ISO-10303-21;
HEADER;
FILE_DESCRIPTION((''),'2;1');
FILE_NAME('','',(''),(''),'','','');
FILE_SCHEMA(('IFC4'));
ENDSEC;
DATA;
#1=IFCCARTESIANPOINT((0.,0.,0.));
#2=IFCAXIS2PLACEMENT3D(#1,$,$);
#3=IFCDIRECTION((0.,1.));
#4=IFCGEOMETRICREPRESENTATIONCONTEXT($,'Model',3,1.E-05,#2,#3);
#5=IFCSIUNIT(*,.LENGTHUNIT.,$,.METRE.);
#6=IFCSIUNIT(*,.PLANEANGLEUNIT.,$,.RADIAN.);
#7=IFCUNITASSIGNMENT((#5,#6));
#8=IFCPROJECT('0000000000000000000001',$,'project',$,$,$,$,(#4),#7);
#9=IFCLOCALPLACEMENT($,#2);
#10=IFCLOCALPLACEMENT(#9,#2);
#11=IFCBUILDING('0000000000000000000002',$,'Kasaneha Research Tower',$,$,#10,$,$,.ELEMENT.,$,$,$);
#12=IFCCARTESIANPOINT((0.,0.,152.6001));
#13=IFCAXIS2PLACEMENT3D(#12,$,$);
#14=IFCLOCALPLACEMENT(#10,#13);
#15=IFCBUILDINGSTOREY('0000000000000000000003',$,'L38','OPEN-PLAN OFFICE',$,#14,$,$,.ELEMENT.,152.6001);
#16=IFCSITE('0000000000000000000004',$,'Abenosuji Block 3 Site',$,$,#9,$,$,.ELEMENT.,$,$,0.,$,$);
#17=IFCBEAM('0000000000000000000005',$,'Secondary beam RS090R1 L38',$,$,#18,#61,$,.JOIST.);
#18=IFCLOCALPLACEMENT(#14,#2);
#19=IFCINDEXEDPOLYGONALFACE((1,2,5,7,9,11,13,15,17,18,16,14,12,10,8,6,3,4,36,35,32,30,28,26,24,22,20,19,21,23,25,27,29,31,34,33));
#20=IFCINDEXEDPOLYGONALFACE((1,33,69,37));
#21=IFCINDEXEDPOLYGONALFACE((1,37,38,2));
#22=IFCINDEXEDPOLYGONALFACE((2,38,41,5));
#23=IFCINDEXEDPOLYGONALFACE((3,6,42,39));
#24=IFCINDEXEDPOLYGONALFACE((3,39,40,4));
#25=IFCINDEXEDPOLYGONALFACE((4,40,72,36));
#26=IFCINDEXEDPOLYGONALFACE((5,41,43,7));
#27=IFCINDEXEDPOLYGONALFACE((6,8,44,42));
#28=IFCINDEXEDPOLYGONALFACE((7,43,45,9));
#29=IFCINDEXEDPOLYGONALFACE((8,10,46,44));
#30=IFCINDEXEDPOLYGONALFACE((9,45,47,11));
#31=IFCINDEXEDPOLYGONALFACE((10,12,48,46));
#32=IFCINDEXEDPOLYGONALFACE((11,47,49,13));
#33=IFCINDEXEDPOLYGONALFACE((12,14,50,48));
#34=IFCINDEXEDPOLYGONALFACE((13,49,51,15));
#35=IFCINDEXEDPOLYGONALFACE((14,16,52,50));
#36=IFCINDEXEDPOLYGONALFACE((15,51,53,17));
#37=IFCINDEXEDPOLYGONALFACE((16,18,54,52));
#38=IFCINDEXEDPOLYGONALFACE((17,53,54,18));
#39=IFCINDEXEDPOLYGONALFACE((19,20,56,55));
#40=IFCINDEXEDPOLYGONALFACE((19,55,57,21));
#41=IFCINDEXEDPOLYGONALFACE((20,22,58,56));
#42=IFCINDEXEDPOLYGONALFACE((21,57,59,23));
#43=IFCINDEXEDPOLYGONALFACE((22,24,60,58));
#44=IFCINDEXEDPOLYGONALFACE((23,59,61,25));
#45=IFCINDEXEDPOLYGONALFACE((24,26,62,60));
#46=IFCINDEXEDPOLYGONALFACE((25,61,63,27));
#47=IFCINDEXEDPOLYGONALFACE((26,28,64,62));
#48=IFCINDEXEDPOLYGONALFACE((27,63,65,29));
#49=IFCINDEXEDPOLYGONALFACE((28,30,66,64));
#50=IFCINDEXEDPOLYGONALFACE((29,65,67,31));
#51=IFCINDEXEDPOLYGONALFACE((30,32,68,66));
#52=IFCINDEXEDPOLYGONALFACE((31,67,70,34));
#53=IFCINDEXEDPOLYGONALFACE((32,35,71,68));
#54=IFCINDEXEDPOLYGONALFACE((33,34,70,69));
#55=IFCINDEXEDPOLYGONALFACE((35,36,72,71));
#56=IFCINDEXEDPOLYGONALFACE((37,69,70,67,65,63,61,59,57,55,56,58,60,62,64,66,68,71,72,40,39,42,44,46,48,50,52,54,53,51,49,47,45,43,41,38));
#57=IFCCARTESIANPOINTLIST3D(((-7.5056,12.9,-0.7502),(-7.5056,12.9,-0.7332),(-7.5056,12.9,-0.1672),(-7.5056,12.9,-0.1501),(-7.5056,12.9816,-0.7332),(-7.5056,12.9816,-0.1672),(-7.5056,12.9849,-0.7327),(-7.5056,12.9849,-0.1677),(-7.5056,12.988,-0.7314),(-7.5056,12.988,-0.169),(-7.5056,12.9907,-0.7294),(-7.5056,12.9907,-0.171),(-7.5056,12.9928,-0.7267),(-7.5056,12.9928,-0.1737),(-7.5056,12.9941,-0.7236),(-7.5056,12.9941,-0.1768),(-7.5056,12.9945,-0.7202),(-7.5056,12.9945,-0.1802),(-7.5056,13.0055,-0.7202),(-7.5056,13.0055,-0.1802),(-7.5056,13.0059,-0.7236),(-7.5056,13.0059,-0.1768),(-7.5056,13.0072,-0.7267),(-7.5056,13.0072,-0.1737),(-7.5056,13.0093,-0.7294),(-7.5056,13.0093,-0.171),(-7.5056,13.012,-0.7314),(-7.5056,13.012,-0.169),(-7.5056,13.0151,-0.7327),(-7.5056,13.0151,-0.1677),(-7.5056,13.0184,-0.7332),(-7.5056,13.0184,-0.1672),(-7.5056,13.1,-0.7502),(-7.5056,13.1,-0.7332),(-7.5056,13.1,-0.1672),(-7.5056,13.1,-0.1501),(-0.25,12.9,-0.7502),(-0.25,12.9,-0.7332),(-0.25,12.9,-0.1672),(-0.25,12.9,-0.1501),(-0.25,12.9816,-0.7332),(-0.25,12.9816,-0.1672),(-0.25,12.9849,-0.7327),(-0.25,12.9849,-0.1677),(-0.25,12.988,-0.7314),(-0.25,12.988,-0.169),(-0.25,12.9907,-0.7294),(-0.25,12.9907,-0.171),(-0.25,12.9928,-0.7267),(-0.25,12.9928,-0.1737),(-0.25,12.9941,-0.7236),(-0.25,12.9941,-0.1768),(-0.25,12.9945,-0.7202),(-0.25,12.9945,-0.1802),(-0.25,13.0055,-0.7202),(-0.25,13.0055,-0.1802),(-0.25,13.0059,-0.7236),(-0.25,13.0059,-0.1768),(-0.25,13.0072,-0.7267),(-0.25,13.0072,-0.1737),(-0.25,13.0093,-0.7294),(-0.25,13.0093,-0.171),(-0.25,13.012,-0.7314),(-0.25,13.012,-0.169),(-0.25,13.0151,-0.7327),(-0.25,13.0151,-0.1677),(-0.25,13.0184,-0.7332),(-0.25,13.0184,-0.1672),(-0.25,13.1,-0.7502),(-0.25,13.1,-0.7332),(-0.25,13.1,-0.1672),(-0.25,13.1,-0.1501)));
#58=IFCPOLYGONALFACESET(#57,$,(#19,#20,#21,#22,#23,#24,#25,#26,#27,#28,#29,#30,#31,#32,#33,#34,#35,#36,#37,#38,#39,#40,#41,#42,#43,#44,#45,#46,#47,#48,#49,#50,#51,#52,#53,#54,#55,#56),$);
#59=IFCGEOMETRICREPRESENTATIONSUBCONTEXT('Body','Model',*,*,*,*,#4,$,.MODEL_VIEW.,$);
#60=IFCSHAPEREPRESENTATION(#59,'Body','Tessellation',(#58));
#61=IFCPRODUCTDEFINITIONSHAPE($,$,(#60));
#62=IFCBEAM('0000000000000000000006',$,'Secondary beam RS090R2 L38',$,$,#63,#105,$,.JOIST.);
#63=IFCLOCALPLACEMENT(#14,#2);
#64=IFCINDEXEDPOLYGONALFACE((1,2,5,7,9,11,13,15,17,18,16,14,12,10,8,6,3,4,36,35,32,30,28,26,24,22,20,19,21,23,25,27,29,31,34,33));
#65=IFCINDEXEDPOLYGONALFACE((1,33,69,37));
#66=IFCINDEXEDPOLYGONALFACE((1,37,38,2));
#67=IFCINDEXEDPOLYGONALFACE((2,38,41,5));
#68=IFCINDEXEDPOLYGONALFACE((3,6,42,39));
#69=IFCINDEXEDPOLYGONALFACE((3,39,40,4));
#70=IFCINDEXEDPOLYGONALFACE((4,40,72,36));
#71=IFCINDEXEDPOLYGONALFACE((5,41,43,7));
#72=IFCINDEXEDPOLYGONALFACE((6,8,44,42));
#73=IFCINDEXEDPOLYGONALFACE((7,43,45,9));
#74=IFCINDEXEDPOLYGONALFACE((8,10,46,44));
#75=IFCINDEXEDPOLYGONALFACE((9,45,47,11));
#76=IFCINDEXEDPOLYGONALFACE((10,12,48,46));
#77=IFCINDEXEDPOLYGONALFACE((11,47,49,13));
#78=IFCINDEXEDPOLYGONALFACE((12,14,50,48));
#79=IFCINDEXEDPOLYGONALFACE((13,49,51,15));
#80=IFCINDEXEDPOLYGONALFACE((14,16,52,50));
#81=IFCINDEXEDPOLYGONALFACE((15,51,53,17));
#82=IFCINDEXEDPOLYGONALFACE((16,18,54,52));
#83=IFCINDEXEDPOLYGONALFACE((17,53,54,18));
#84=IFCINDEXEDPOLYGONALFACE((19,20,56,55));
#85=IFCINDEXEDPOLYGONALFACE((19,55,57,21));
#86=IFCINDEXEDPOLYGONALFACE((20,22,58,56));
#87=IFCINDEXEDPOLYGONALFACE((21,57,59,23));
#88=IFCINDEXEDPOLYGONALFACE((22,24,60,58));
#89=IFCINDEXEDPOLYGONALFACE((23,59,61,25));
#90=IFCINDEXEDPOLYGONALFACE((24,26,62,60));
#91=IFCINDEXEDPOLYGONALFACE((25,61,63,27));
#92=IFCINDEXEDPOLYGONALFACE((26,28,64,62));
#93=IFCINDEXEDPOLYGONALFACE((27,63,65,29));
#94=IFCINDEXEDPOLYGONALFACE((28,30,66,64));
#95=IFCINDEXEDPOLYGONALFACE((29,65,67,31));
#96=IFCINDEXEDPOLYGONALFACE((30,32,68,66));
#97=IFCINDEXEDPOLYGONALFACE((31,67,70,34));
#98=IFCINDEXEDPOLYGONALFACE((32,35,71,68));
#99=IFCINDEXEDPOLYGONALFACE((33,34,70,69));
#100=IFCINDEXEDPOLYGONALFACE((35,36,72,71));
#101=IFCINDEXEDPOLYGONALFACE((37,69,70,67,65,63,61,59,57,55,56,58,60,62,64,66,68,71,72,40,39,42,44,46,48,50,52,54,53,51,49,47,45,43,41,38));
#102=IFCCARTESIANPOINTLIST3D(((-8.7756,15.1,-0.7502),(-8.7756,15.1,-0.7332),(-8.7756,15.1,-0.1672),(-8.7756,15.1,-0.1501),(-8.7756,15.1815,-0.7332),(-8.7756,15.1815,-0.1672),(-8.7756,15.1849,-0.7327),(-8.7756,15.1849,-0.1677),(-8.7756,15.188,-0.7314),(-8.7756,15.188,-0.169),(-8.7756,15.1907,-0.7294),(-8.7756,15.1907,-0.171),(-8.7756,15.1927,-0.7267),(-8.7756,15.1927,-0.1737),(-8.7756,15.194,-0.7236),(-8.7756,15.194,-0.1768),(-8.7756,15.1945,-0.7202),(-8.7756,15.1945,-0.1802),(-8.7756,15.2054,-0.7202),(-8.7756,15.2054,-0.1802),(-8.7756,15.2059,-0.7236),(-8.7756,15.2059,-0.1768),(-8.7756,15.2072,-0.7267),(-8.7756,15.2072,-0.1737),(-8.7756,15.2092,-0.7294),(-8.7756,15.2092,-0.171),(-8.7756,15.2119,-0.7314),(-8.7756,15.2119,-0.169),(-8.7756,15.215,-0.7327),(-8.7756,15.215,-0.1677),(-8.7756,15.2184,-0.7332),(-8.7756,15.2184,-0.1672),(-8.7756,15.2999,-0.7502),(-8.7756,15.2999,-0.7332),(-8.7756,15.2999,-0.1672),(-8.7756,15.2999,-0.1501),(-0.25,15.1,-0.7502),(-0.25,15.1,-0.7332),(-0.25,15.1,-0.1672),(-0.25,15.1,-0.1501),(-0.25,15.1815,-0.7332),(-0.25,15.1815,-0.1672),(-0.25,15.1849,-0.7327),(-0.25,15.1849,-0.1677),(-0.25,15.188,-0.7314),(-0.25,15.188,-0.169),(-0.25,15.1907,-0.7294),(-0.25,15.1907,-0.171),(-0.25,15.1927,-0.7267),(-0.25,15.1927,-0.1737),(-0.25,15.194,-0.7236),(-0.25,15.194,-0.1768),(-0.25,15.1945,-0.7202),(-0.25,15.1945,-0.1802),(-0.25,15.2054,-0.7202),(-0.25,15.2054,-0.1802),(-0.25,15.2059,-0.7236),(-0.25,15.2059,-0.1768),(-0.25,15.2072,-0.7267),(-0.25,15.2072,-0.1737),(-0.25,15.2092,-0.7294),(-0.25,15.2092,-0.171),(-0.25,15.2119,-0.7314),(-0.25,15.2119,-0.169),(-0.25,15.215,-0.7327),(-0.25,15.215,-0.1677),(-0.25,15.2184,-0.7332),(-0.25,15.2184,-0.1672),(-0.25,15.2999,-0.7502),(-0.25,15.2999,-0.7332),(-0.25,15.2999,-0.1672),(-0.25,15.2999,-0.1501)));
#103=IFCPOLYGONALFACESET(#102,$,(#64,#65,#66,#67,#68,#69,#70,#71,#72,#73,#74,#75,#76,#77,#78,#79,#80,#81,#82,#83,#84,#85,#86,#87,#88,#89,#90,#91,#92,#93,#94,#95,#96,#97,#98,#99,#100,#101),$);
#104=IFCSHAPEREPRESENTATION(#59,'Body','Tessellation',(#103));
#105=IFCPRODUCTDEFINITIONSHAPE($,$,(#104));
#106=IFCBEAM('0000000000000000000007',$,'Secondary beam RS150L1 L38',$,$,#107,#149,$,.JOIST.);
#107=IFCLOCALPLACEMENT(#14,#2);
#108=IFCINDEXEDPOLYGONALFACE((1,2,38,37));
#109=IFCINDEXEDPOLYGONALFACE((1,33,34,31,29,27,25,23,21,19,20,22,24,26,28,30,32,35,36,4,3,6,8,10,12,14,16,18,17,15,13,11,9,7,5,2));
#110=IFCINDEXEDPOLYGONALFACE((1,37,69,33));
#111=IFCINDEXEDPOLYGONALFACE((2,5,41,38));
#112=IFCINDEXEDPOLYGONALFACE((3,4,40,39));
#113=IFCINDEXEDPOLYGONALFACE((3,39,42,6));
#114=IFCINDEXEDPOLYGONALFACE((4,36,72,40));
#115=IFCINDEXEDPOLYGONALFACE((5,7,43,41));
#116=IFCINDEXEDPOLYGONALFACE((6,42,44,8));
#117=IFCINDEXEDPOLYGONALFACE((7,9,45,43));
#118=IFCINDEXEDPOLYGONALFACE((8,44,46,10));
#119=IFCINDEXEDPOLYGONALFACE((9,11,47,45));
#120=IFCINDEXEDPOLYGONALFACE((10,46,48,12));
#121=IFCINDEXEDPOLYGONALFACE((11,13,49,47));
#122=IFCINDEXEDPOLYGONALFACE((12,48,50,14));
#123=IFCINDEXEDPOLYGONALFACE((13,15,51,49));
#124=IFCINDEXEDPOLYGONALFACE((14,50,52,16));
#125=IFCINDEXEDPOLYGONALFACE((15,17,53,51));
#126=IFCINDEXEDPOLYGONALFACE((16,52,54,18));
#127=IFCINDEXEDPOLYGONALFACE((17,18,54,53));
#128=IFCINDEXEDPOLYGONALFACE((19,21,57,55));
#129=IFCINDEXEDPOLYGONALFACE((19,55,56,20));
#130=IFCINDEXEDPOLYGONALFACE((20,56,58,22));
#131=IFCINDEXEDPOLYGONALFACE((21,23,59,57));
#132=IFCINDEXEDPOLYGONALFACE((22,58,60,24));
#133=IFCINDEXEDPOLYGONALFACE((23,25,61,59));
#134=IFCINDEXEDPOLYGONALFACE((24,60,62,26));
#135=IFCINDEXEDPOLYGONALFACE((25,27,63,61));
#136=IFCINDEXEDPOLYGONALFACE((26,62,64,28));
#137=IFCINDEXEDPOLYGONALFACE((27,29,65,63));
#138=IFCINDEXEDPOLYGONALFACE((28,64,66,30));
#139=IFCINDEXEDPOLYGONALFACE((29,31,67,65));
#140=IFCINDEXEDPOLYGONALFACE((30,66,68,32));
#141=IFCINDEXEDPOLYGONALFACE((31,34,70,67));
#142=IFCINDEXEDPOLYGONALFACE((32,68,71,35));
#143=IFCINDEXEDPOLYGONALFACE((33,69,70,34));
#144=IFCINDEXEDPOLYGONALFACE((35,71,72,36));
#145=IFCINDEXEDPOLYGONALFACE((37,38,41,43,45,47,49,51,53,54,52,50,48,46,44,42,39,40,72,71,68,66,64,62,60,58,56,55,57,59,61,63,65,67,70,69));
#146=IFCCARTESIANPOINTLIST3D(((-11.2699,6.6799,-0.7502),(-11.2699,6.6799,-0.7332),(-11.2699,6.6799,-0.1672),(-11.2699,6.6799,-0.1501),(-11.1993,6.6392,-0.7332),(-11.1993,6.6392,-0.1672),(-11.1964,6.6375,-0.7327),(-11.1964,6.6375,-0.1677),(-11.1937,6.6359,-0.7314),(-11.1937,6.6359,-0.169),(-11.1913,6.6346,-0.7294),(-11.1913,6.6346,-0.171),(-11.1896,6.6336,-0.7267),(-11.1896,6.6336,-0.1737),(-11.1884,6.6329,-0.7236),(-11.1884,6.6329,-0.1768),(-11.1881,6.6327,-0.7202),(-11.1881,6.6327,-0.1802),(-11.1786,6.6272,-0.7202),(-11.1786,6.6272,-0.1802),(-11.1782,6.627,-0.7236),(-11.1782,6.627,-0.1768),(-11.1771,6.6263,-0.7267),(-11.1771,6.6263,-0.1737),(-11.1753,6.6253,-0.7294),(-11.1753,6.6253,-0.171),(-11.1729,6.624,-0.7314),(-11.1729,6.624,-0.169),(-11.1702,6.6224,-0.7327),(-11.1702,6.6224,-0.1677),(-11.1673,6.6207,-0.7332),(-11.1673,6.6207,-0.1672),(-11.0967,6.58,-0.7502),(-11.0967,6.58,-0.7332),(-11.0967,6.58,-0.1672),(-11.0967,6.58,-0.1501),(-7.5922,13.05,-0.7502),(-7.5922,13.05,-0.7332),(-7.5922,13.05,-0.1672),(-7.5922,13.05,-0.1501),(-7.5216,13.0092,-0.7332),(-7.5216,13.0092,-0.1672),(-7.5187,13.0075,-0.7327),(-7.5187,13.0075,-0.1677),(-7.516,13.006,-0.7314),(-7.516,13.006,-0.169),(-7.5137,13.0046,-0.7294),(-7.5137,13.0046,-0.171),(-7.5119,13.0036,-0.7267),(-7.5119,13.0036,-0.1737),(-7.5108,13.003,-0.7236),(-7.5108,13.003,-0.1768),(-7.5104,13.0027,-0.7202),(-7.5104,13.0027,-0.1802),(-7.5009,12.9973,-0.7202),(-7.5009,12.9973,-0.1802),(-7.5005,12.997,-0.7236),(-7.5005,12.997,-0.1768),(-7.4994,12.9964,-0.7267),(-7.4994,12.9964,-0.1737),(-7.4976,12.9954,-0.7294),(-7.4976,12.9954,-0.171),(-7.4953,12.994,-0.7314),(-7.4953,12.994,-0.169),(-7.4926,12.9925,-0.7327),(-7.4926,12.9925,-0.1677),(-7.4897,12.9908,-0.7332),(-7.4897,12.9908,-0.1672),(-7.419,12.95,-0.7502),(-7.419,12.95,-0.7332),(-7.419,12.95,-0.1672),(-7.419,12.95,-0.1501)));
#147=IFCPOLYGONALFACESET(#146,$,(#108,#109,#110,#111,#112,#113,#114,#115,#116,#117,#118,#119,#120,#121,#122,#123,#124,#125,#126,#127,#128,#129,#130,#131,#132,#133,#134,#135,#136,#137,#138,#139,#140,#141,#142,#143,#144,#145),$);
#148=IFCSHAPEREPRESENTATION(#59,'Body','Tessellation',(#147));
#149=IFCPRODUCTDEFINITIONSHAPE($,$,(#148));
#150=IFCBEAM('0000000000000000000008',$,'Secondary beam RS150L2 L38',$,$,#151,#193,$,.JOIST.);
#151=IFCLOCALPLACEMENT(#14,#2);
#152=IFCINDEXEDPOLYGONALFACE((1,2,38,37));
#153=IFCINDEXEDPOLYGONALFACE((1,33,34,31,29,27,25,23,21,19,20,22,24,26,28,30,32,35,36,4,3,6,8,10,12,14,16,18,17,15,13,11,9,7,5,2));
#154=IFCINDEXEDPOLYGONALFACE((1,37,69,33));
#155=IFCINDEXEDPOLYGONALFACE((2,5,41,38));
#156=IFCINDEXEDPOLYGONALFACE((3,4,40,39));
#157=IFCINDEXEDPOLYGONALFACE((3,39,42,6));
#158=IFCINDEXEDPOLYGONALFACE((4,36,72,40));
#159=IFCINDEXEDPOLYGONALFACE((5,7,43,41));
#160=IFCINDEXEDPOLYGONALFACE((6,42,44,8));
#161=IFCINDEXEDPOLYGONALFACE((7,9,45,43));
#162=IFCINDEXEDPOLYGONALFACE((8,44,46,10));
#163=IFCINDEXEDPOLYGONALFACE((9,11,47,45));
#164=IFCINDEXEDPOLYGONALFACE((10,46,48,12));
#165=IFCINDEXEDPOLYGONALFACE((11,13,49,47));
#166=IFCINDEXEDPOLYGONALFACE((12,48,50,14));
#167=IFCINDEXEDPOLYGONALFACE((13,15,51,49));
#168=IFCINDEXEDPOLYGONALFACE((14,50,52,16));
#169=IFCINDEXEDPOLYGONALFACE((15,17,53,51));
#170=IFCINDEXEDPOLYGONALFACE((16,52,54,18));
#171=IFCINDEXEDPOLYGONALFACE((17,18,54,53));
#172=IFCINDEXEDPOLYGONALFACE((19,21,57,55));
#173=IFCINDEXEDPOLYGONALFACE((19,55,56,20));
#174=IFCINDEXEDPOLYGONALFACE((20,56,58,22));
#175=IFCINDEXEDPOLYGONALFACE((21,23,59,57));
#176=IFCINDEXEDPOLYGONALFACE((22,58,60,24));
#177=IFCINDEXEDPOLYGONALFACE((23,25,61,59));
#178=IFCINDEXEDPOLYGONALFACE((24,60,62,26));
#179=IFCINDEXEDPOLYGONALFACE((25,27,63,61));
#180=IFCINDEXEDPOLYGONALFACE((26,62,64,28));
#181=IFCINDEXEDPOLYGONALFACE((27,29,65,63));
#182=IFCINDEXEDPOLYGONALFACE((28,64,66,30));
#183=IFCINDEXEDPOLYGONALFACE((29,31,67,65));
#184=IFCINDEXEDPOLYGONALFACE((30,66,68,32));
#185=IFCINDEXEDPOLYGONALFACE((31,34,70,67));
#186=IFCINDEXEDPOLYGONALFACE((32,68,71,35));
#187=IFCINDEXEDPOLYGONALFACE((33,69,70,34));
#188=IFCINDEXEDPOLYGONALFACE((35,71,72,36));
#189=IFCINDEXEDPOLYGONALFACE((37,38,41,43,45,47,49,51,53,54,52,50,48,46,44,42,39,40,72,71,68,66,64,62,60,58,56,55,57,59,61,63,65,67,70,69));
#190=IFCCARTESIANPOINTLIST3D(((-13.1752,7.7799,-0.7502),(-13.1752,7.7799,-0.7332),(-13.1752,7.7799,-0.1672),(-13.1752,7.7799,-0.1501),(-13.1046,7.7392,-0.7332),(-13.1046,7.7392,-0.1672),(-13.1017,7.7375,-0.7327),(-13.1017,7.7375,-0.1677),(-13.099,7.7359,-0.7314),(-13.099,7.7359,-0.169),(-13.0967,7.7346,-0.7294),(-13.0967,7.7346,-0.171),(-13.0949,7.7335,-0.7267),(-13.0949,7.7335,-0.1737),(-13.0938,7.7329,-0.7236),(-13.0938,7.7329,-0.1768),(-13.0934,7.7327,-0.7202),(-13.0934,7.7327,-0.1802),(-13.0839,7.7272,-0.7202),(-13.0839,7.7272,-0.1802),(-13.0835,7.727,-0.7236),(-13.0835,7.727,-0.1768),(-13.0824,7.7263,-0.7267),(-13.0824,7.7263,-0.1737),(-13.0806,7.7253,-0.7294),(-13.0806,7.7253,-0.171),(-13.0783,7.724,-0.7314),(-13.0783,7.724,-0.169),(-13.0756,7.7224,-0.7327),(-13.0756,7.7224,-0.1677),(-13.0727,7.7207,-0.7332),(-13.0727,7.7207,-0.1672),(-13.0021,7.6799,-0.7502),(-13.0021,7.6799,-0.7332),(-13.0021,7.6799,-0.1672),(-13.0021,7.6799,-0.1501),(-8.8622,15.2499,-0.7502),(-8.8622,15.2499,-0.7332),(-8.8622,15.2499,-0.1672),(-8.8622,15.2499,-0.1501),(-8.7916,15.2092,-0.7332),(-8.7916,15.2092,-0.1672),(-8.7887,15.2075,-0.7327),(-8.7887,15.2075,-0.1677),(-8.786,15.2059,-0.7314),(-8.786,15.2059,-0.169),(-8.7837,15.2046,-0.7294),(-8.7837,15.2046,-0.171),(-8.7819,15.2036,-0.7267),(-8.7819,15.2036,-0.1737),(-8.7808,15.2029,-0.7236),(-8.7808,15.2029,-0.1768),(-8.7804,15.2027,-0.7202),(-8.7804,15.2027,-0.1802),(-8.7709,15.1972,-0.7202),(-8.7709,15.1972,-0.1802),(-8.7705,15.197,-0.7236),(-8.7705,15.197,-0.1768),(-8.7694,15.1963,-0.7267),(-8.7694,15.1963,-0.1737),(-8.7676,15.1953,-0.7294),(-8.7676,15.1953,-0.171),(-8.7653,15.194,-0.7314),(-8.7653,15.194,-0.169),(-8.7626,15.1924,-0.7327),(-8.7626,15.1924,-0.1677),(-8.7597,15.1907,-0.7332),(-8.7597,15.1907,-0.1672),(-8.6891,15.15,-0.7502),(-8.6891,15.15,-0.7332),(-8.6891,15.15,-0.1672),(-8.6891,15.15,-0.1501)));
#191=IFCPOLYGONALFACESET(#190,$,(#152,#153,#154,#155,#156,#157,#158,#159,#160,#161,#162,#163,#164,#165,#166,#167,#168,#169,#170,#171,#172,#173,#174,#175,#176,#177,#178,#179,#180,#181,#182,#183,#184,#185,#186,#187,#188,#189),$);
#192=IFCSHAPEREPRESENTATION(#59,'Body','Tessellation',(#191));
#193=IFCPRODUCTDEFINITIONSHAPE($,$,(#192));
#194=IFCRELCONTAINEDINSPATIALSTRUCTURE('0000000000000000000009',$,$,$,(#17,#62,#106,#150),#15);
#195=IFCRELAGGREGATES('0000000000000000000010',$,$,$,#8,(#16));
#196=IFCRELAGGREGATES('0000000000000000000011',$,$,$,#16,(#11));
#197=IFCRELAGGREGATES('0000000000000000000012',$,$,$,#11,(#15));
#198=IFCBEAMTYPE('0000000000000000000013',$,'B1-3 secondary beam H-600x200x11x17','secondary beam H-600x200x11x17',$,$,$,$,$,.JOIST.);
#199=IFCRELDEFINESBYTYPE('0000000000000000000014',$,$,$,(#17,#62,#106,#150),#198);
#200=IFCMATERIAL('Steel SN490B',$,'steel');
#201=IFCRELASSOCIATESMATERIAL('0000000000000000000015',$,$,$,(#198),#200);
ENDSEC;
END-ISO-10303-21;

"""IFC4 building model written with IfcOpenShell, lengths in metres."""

from ifc_helpers import new_model, si_unit, direction, frame, origin, origin_2d, place, context, subcontext, project, spatial, i_section, extrude, material, material_profile, profile_set, type_object, element, save


model = new_model("IFC4")

# Units and contexts
model_context = context("Model", 3, precision=1e-05, world=origin(), true_north=direction((0.0, 1.0)))
body_context = subcontext(model_context, "Body", "Model", "MODEL_VIEW")
ifc_project = project(units=[si_unit("LENGTHUNIT", "METRE"), si_unit("PLANEANGLEUNIT", "RADIAN")], contexts=[model_context])

# Site, building, storey
site_placement = place(None, origin())
site = spatial("IfcSite", under=ifc_project, at=site_placement, Name="Abenosuji Block 3 Site", CompositionType="ELEMENT", RefElevation=0.0)
building_placement = place(site_placement, origin())
building = spatial("IfcBuilding", under=site, at=building_placement, Name="Kasaneha Research Tower", CompositionType="ELEMENT")
storey_placement = place(building_placement, frame((0.0, 0.0, 152.6001)))
storey = spatial("IfcBuildingStorey", under=building, at=storey_placement, Name="L38", Description="OPEN-PLAN OFFICE", CompositionType="ELEMENT", Elevation=152.6001)

# Beams
ifc_material_1 = material(Name="Steel SN490B", Category="steel")
ifc_material_profile_1 = material_profile(ifc_material_1, i_section(OverallWidth=0.2, OverallDepth=0.6001, WebThickness=0.011, FlangeThickness=0.0171, FilletRadius=0.0129, at=origin_2d()), Name="H-600x200x11x17")
ifc_profile_set_1 = profile_set([ifc_material_profile_1], Name="Steel SN490B")
beam_type_1 = type_object("IfcBeamType", Name="B1-3 secondary beam H-600x200x11x17", Description="secondary beam H-600x200x11x17", PredefinedType="JOIST", material=ifc_profile_set_1)
beam_1_placement = place(storey_placement, frame((-7.5056, 13.0, -0.4502), z_axis=(1.0, 0.0, 0.0), x_axis=(0.0, 1.0, 0.0)))
element("IfcBeam", 1, at=beam_1_placement, inside=storey, type_object=beam_type_1, Name="Secondary beam RS090R1 L38", PredefinedType="JOIST", context=body_context, shape_type="SweptSolid", body=[
    extrude(i_section(OverallWidth=0.2, OverallDepth=0.6001, WebThickness=0.011, FlangeThickness=0.0171, FilletRadius=0.0129, at=origin_2d()), origin(), (0.0, 0.0, 1.0), 7.2556),
])
beam_2_placement = place(storey_placement, frame((-8.7756, 15.2, -0.4502), z_axis=(1.0, 0.0, 0.0), x_axis=(0.0, 1.0, 0.0)))
element("IfcBeam", 2, at=beam_2_placement, inside=storey, type_object=beam_type_1, Name="Secondary beam RS090R2 L38", PredefinedType="JOIST", context=body_context, shape_type="SweptSolid", body=[
    extrude(i_section(OverallWidth=0.2, OverallDepth=0.6001, WebThickness=0.011, FlangeThickness=0.0171, FilletRadius=0.0129, at=origin_2d()), origin(), (0.0, 0.0, 1.0), 8.5256),
])
beam_3_placement = place(storey_placement, frame((-7.5056, 13.0, -0.4502), z_axis=(-0.499994, -0.866029, 0.0), x_axis=(0.866029, -0.499994, 0.0)))
element("IfcBeam", 3, at=beam_3_placement, inside=storey, type_object=beam_type_1, Name="Secondary beam RS150L1 L38", PredefinedType="JOIST", context=body_context, shape_type="SweptSolid", body=[
    extrude(i_section(OverallWidth=0.2, OverallDepth=0.6001, WebThickness=0.011, FlangeThickness=0.0171, FilletRadius=0.0129, at=origin_2d()), origin(), (0.0, 0.0, 1.0), 7.3555),
])
beam_4_placement = place(storey_placement, frame((-8.7756, 15.2, -0.4502), z_axis=(-0.500017, -0.866015, 0.0), x_axis=(0.866015, -0.500017, 0.0)))
element("IfcBeam", 4, at=beam_4_placement, inside=storey, type_object=beam_type_1, Name="Secondary beam RS150L2 L38", PredefinedType="JOIST", context=body_context, shape_type="SweptSolid", body=[
    extrude(i_section(OverallWidth=0.2, OverallDepth=0.6001, WebThickness=0.011, FlangeThickness=0.0171, FilletRadius=0.0129, at=origin_2d()), origin(), (0.0, 0.0, 1.0), 8.6257),
])

save(model, "model.ifc")
